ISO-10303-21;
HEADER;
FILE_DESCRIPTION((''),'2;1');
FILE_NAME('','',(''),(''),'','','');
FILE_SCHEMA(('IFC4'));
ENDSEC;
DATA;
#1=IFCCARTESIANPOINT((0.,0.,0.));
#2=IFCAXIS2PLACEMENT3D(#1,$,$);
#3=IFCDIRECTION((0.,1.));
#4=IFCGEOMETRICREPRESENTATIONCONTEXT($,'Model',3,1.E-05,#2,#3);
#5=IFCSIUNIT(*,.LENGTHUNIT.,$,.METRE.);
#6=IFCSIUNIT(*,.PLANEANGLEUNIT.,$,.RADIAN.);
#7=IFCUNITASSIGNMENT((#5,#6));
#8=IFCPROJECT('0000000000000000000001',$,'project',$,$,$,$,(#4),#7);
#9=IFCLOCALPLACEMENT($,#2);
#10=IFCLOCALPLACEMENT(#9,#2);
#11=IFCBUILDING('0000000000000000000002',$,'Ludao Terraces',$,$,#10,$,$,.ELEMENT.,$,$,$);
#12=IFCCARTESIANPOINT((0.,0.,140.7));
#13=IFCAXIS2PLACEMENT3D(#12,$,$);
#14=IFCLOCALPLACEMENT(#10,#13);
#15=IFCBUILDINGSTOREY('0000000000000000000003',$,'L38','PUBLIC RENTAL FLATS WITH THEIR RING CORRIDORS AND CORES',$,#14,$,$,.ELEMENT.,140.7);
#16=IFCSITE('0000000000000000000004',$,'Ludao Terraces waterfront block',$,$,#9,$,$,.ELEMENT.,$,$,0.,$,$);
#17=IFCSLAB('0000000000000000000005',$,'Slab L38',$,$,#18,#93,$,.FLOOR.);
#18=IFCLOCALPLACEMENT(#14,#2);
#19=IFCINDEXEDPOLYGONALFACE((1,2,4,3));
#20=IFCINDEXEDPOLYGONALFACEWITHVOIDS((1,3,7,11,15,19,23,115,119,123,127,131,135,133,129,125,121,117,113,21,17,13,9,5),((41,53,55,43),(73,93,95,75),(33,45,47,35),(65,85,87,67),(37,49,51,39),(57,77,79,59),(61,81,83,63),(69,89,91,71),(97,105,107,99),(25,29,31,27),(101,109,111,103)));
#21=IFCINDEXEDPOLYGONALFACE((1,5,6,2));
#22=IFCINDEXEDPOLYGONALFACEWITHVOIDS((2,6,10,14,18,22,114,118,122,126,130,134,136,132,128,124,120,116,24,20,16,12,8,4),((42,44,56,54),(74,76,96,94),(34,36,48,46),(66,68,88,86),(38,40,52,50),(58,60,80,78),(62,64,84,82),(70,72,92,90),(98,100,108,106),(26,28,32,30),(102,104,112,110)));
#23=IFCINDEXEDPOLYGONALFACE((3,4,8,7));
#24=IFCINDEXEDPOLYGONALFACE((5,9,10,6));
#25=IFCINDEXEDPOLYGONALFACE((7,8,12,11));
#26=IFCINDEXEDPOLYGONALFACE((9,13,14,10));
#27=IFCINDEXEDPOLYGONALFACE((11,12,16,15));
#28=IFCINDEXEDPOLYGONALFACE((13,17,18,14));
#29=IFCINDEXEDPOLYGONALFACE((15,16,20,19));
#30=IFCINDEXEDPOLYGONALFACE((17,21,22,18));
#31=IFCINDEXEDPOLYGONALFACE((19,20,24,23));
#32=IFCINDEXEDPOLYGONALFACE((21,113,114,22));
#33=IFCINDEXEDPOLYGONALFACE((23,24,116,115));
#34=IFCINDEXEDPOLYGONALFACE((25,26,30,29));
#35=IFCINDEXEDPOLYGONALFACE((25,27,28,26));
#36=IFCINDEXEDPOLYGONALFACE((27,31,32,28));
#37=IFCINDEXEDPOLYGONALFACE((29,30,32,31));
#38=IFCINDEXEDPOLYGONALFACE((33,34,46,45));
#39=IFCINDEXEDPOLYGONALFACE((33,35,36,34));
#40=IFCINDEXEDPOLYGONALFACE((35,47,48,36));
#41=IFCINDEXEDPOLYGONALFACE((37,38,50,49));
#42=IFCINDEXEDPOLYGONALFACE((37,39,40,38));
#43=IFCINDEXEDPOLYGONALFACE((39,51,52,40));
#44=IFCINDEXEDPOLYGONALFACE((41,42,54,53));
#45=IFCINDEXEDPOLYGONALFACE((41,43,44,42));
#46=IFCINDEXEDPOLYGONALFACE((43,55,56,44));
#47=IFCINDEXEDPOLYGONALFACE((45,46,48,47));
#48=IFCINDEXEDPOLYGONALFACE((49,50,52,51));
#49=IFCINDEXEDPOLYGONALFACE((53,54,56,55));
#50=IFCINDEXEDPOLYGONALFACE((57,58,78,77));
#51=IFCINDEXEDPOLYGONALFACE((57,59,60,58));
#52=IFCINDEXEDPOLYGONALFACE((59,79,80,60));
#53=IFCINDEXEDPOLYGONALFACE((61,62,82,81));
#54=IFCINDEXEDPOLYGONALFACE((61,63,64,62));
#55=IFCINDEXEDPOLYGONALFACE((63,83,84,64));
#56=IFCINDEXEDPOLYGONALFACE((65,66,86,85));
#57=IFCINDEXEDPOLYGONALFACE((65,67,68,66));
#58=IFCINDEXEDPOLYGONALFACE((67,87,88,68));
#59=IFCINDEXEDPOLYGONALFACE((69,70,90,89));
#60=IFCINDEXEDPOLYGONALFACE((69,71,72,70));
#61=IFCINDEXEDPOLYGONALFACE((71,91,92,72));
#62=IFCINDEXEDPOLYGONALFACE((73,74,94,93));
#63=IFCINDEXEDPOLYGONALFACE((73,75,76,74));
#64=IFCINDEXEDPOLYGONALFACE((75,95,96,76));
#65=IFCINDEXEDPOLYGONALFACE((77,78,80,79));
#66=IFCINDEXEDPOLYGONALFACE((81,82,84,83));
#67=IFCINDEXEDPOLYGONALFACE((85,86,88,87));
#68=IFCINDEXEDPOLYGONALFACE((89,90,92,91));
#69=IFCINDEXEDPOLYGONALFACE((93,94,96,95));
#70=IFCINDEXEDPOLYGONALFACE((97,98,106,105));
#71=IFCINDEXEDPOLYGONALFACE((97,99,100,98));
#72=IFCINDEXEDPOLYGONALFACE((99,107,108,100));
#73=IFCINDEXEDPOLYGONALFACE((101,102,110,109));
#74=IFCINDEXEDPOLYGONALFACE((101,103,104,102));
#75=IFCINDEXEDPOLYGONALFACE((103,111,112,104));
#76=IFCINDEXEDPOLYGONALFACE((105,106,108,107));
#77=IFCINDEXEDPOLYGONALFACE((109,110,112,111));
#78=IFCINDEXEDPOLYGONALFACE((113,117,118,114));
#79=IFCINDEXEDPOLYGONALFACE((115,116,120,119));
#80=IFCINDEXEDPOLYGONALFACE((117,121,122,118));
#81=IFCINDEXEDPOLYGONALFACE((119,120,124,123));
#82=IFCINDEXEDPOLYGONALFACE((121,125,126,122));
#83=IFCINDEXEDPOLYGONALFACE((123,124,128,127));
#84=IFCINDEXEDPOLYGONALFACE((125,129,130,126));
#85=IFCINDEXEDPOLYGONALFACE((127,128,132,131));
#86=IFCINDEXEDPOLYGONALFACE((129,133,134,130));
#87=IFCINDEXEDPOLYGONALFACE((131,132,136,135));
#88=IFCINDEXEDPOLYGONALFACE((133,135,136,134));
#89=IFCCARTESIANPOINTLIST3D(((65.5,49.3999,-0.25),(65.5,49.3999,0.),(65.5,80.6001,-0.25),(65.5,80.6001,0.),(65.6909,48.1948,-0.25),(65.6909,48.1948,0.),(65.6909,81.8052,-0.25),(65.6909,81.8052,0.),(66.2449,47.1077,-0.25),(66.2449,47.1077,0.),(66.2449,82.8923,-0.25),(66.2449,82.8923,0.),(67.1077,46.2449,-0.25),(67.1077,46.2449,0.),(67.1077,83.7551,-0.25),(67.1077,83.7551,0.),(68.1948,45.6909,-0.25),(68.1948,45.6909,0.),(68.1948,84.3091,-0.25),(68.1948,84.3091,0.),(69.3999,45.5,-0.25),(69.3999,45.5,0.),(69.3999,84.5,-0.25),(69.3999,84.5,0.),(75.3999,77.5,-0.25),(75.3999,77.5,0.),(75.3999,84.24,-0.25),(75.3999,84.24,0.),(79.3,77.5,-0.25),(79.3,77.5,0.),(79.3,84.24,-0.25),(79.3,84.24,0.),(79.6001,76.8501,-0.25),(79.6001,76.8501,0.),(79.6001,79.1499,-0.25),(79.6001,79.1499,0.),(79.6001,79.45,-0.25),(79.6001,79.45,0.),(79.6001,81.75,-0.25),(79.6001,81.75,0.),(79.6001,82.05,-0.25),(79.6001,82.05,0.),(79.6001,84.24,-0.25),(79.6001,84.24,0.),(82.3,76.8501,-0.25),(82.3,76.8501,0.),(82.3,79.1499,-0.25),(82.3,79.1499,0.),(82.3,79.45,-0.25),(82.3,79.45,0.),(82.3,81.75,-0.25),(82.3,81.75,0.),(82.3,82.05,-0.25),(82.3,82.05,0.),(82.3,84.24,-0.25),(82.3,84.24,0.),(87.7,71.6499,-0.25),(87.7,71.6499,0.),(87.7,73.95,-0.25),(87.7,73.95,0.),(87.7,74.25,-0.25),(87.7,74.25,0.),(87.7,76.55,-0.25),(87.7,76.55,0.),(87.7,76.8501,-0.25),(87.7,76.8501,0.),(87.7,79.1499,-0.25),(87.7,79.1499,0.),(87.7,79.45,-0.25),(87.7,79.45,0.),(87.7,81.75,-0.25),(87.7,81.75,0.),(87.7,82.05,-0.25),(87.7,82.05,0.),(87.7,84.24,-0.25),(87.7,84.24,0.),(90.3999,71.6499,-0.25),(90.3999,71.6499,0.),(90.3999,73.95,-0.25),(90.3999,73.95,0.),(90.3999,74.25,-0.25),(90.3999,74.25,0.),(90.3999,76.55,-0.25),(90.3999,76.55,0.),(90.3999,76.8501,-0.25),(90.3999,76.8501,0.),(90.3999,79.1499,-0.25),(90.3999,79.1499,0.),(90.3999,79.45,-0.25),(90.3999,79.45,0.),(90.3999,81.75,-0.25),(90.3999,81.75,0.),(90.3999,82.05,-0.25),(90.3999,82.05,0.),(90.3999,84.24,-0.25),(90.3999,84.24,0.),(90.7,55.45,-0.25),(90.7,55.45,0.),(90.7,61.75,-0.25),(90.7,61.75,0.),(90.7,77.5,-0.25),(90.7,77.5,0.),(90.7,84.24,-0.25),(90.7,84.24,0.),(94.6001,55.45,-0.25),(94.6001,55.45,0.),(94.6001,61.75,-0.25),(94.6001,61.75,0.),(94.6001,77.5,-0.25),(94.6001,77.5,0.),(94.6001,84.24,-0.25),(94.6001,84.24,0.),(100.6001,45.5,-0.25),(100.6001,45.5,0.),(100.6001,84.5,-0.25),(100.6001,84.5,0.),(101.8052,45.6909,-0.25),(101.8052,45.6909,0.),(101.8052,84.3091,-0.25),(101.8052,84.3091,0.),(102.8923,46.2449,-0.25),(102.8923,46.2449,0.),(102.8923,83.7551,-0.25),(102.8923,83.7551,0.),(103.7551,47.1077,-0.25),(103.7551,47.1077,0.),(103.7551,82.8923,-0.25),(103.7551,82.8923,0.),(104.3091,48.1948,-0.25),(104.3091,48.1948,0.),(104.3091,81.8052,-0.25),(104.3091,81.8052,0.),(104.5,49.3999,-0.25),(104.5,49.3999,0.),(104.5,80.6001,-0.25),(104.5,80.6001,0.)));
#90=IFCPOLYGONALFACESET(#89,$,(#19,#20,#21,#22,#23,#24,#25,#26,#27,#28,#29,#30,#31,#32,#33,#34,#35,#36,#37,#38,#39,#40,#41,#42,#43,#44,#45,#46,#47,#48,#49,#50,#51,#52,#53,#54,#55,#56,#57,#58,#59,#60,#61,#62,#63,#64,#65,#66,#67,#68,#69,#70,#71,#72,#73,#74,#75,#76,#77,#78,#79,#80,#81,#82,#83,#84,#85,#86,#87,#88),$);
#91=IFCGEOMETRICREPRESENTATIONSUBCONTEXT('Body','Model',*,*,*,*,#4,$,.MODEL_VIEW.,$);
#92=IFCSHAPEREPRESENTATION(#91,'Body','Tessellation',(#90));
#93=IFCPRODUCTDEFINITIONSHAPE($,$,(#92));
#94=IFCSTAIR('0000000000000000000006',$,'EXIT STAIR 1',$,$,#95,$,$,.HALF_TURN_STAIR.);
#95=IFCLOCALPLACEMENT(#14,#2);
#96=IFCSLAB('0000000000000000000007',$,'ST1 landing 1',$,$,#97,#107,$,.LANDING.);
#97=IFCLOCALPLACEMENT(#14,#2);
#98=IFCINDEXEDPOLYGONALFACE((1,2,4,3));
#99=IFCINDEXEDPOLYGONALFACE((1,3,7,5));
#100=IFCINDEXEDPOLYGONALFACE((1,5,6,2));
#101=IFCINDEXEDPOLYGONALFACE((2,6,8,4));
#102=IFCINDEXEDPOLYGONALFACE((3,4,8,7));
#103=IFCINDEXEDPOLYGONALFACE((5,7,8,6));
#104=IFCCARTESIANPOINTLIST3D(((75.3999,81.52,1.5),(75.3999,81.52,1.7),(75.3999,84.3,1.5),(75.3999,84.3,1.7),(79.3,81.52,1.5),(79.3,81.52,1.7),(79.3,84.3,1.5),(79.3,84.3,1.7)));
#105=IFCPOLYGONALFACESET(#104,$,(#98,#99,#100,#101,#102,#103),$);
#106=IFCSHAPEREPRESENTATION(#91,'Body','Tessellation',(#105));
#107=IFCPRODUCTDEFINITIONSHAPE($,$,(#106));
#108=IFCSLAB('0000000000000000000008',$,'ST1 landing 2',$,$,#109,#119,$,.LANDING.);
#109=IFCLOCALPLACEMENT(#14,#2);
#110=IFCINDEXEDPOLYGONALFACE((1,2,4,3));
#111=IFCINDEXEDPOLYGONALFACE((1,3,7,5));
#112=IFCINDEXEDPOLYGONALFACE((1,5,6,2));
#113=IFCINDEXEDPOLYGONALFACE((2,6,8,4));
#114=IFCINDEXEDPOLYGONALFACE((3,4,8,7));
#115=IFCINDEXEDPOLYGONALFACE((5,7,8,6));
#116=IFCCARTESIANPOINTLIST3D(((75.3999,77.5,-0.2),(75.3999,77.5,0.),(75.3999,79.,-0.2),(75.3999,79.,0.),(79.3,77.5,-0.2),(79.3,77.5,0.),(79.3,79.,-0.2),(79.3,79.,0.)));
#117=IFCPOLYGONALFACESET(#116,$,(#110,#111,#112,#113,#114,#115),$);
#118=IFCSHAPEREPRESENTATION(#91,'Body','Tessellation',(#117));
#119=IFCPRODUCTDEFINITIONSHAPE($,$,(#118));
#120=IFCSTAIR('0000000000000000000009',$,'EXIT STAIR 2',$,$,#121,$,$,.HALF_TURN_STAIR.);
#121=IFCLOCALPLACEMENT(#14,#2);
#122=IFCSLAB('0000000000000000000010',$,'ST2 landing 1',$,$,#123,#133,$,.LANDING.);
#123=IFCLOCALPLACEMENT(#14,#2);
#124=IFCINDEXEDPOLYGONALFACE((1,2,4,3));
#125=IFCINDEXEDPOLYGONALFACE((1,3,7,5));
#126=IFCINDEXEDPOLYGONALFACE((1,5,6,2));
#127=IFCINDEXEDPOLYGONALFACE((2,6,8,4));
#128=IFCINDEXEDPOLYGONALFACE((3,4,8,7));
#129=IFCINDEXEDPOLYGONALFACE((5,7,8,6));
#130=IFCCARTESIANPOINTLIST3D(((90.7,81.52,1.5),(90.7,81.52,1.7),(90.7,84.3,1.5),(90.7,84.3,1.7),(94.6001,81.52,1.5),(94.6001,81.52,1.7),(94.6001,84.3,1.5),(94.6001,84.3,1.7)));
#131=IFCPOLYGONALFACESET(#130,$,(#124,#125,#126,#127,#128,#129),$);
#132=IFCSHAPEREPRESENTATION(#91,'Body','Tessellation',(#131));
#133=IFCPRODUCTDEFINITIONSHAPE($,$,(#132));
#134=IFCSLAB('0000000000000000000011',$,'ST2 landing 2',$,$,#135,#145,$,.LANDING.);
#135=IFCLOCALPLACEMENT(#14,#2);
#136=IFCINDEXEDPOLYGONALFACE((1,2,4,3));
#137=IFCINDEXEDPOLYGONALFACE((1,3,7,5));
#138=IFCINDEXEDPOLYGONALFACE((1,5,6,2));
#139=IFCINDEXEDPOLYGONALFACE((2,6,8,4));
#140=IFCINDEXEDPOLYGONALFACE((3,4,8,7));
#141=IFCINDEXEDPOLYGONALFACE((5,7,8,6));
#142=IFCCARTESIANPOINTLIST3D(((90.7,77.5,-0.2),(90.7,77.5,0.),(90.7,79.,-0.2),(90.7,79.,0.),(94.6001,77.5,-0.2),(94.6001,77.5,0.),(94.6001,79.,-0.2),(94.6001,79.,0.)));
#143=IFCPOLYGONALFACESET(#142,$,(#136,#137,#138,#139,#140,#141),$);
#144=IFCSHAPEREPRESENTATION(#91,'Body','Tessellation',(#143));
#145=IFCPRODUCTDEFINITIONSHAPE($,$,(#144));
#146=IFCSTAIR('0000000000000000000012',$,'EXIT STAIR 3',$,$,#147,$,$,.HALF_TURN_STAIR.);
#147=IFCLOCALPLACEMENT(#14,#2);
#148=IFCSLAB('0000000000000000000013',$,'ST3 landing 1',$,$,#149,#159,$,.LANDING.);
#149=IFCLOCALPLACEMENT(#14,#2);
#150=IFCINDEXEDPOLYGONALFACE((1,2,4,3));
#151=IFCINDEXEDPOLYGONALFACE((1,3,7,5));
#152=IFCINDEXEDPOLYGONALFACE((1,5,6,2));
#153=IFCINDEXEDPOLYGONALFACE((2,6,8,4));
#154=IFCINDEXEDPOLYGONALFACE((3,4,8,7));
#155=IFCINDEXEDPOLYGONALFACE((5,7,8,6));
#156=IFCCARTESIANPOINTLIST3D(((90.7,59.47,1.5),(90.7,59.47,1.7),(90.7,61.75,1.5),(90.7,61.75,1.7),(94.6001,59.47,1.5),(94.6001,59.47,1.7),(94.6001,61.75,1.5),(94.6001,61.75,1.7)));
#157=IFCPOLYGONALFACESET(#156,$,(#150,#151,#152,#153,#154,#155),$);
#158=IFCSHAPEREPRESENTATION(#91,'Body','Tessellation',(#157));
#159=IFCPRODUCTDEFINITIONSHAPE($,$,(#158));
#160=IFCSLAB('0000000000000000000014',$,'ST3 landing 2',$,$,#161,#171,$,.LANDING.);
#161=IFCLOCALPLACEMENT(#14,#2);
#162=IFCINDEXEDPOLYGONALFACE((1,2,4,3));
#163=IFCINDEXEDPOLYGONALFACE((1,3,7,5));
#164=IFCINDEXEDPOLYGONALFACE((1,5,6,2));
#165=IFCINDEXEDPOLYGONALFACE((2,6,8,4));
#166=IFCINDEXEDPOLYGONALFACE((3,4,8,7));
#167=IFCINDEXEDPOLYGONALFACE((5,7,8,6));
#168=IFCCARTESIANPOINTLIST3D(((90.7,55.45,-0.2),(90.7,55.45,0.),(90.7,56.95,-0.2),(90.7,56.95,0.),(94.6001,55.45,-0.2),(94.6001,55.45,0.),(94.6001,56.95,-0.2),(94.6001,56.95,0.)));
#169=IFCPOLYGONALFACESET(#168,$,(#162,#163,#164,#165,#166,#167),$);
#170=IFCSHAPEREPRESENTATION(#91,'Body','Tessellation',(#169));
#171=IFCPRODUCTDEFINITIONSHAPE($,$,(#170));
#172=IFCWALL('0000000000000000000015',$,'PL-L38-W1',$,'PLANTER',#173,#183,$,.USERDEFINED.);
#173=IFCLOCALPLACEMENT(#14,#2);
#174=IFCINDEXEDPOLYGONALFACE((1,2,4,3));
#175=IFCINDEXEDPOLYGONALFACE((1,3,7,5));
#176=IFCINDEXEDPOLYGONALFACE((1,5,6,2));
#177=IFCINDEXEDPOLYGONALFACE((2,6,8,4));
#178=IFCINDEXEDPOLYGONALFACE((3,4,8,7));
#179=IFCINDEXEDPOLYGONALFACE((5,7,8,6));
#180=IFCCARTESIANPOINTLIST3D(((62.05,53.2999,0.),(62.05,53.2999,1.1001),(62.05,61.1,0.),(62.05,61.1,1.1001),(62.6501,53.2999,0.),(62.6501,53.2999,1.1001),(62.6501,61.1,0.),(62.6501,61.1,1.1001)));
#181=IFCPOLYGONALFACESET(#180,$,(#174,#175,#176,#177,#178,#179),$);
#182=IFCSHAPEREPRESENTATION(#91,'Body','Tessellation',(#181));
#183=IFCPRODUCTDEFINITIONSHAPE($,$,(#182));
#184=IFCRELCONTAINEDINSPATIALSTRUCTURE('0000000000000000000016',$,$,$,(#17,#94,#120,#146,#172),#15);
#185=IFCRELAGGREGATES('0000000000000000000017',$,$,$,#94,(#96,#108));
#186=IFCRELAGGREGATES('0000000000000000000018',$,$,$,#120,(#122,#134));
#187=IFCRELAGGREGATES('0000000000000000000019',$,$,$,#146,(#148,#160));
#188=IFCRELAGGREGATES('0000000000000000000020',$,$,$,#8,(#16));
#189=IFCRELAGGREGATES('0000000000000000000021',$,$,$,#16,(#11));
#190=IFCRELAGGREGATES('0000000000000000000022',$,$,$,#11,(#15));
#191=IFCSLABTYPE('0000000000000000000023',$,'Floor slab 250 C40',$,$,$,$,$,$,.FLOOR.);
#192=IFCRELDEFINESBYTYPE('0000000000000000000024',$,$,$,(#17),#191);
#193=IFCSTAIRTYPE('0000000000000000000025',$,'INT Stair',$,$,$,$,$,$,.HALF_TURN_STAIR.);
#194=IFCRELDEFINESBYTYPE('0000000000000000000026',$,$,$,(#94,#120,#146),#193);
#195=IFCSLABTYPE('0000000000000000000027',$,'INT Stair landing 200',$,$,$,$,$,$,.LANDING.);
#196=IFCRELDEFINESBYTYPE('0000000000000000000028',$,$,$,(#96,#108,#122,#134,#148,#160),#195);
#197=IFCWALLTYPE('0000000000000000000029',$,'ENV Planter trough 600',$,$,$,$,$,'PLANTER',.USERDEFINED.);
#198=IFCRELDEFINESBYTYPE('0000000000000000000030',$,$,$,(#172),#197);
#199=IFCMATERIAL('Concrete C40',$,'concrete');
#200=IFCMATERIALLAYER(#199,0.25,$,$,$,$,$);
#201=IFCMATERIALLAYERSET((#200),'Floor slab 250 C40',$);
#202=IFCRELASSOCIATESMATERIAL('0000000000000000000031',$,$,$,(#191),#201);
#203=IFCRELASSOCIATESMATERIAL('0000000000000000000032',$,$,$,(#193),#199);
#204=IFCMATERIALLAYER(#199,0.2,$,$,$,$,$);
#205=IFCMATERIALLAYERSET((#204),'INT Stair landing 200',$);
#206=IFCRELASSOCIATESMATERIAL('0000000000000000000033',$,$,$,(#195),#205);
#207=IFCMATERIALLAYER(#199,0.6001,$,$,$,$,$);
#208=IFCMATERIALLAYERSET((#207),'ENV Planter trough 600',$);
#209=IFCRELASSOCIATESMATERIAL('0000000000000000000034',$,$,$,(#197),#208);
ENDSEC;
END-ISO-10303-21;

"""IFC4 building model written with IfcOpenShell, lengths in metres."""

from ifc_helpers import new_model, si_unit, direction, frame, frame_2d, origin, place, context, subcontext, project, spatial, polyline, rectangle, outline, extrude, material, layer, layer_set, type_object, element, aggregate, save


model = new_model("IFC4")

# Units and contexts
model_context = context("Model", 3, precision=1e-05, world=origin(), true_north=direction((0.0, 1.0)))
body_context = subcontext(model_context, "Body", "Model", "MODEL_VIEW")
ifc_project = project(units=[si_unit("LENGTHUNIT", "METRE"), si_unit("PLANEANGLEUNIT", "RADIAN")], contexts=[model_context])

# Site, building, storey
site_placement = place(None, origin())
site = spatial("IfcSite", under=ifc_project, at=site_placement, Name="Ludao Terraces waterfront block", CompositionType="ELEMENT", RefElevation=0.0)
building_placement = place(site_placement, origin())
building = spatial("IfcBuilding", under=site, at=building_placement, Name="Ludao Terraces", CompositionType="ELEMENT")
storey_placement = place(building_placement, frame((0.0, 0.0, 140.7)))
storey = spatial("IfcBuildingStorey", under=building, at=storey_placement, Name="L38", Description="PUBLIC RENTAL FLATS WITH THEIR RING CORRIDORS AND CORES", CompositionType="ELEMENT", Elevation=140.7)

# Shared definitions
ifc_material_1 = material(Name="Concrete C40", Category="concrete")

# Slab
ifc_layer_1 = layer(ifc_material_1, 0.25)
ifc_layer_set_1 = layer_set([ifc_layer_1], Name="Floor slab 250 C40")
slab_type_1 = type_object("IfcSlabType", Name="Floor slab 250 C40", PredefinedType="FLOOR", material=ifc_layer_set_1)
slab_1_placement = place(storey_placement, frame((0.0, 0.0, -0.25)))
element("IfcSlab", 1, at=slab_1_placement, inside=storey, type_object=slab_type_1, Name="Slab L38", PredefinedType="FLOOR", context=body_context, shape_type="SweptSolid", body=[
    extrude(outline(polyline([(100.6001, 45.5), (101.8052, 45.6909), (102.8923, 46.2449), (103.7551, 47.1077), (104.3091, 48.1948), (104.5, 49.3999), (104.5, 80.6001), (104.3091, 81.8052), (103.7551, 82.8923), (102.8923, 83.7551), (101.8052, 84.3091), (100.6001, 84.5), (69.3999, 84.5), (68.1948, 84.3091), (67.1077, 83.7551), (66.2449, 82.8923), (65.6909, 81.8052), (65.5, 80.6001), (65.5, 49.3999), (65.6909, 48.1948), (66.2449, 47.1077), (67.1077, 46.2449), (68.1948, 45.6909), (69.3999, 45.5), (100.6001, 45.5)]), holes=[polyline([(79.6001, 76.8501), (82.3, 76.8501), (82.3, 79.1499), (79.6001, 79.1499), (79.6001, 76.8501)]), polyline([(79.6001, 79.45), (82.3, 79.45), (82.3, 81.75), (79.6001, 81.75), (79.6001, 79.45)]), polyline([(79.6001, 82.05), (82.3, 82.05), (82.3, 84.24), (79.6001, 84.24), (79.6001, 82.05)]), polyline([(87.7, 71.6499), (90.3999, 71.6499), (90.3999, 73.95), (87.7, 73.95), (87.7, 71.6499)]), polyline([(87.7, 74.25), (90.3999, 74.25), (90.3999, 76.55), (87.7, 76.55), (87.7, 74.25)]), polyline([(87.7, 76.8501), (90.3999, 76.8501), (90.3999, 79.1499), (87.7, 79.1499), (87.7, 76.8501)]), polyline([(87.7, 79.45), (90.3999, 79.45), (90.3999, 81.75), (87.7, 81.75), (87.7, 79.45)]), polyline([(87.7, 82.05), (90.3999, 82.05), (90.3999, 84.24), (87.7, 84.24), (87.7, 82.05)]), polyline([(75.3999, 77.5), (79.3, 77.5), (79.3, 84.24), (75.3999, 84.24), (75.3999, 77.5)]), polyline([(90.7, 77.5), (94.6001, 77.5), (94.6001, 84.24), (90.7, 84.24), (90.7, 77.5)]), polyline([(90.7, 55.45), (94.6001, 55.45), (94.6001, 61.75), (90.7, 61.75), (90.7, 55.45)])]), origin(), (0.0, 0.0, 1.0), 0.25),
])

# Stairs, slabs
stair_type = type_object("IfcStairType", Name="INT Stair", PredefinedType="HALF_TURN_STAIR", material=ifc_material_1)
stair_1_placement = place(storey_placement, origin())
stair_1 = element("IfcStair", 2, at=stair_1_placement, inside=storey, type_object=stair_type, Name="EXIT STAIR 1", PredefinedType="HALF_TURN_STAIR")
ifc_layer_2 = layer(ifc_material_1, 0.2)
ifc_layer_set_2 = layer_set([ifc_layer_2], Name="INT Stair landing 200")
slab_type_2 = type_object("IfcSlabType", Name="INT Stair landing 200", PredefinedType="LANDING", material=ifc_layer_set_2)
slab_2_placement = place(storey_placement, frame((0.0, 0.0, 1.5)))
slab_2 = element("IfcSlab", 3, at=slab_2_placement, type_object=slab_type_2, Name="ST1 landing 1", PredefinedType="LANDING", context=body_context, shape_type="SweptSolid", body=[
    extrude(outline(polyline([(75.3999, 81.52), (79.3, 81.52), (79.3, 84.3), (75.3999, 84.3), (75.3999, 81.52)])), origin(), (0.0, 0.0, 1.0), 0.2),
])
slab_3_placement = place(storey_placement, frame((0.0, 0.0, -0.2)))
slab_3 = element("IfcSlab", 4, at=slab_3_placement, type_object=slab_type_2, Name="ST1 landing 2", PredefinedType="LANDING", context=body_context, shape_type="SweptSolid", body=[
    extrude(outline(polyline([(75.3999, 77.5), (79.3, 77.5), (79.3, 79.0), (75.3999, 79.0), (75.3999, 77.5)])), origin(), (0.0, 0.0, 1.0), 0.2),
])
aggregate(stair_1, [slab_2, slab_3])
stair_2_placement = place(storey_placement, origin())
stair_2 = element("IfcStair", 5, at=stair_2_placement, inside=storey, type_object=stair_type, Name="EXIT STAIR 2", PredefinedType="HALF_TURN_STAIR")
slab_4_placement = place(storey_placement, frame((0.0, 0.0, 1.5)))
slab_4 = element("IfcSlab", 6, at=slab_4_placement, type_object=slab_type_2, Name="ST2 landing 1", PredefinedType="LANDING", context=body_context, shape_type="SweptSolid", body=[
    extrude(outline(polyline([(90.7, 81.52), (94.6001, 81.52), (94.6001, 84.3), (90.7, 84.3), (90.7, 81.52)])), origin(), (0.0, 0.0, 1.0), 0.2),
])
slab_5_placement = place(storey_placement, frame((0.0, 0.0, -0.2)))
slab_5 = element("IfcSlab", 7, at=slab_5_placement, type_object=slab_type_2, Name="ST2 landing 2", PredefinedType="LANDING", context=body_context, shape_type="SweptSolid", body=[
    extrude(outline(polyline([(90.7, 77.5), (94.6001, 77.5), (94.6001, 79.0), (90.7, 79.0), (90.7, 77.5)])), origin(), (0.0, 0.0, 1.0), 0.2),
])
aggregate(stair_2, [slab_4, slab_5])
stair_3_placement = place(storey_placement, origin())
stair_3 = element("IfcStair", 8, at=stair_3_placement, inside=storey, type_object=stair_type, Name="EXIT STAIR 3", PredefinedType="HALF_TURN_STAIR")
slab_6_placement = place(storey_placement, frame((0.0, 0.0, 1.5)))
slab_6 = element("IfcSlab", 9, at=slab_6_placement, type_object=slab_type_2, Name="ST3 landing 1", PredefinedType="LANDING", context=body_context, shape_type="SweptSolid", body=[
    extrude(outline(polyline([(90.7, 59.47), (94.6001, 59.47), (94.6001, 61.75), (90.7, 61.75), (90.7, 59.47)])), origin(), (0.0, 0.0, 1.0), 0.2),
])
slab_7_placement = place(storey_placement, frame((0.0, 0.0, -0.2)))
slab_7 = element("IfcSlab", 10, at=slab_7_placement, type_object=slab_type_2, Name="ST3 landing 2", PredefinedType="LANDING", context=body_context, shape_type="SweptSolid", body=[
    extrude(outline(polyline([(90.7, 55.45), (94.6001, 55.45), (94.6001, 56.95), (90.7, 56.95), (90.7, 55.45)])), origin(), (0.0, 0.0, 1.0), 0.2),
])
aggregate(stair_3, [slab_6, slab_7])

# Wall
ifc_layer_3 = layer(ifc_material_1, 0.6001)
ifc_layer_set_3 = layer_set([ifc_layer_3], Name="ENV Planter trough 600")
wall_type = type_object("IfcWallType", Name="ENV Planter trough 600", ElementType="PLANTER", PredefinedType="USERDEFINED", material=ifc_layer_set_3)
wall_1_placement = place(storey_placement, frame((62.3501, 53.3, 0.0), z_axis=(0.0, 0.0, 1.0), x_axis=(0.0, 1.0, 0.0)))
element("IfcWall", 11, at=wall_1_placement, inside=storey, type_object=wall_type, Name="PL-L38-W1", ObjectType="PLANTER", PredefinedType="USERDEFINED", context=body_context, shape_type="SweptSolid", body=[
    extrude(rectangle(XDim=7.8, YDim=0.6001, at=frame_2d((3.8999, 0.0))), origin(), (0.0, 0.0, 1.0), 1.1001),
])

save(model, "model.ifc")
